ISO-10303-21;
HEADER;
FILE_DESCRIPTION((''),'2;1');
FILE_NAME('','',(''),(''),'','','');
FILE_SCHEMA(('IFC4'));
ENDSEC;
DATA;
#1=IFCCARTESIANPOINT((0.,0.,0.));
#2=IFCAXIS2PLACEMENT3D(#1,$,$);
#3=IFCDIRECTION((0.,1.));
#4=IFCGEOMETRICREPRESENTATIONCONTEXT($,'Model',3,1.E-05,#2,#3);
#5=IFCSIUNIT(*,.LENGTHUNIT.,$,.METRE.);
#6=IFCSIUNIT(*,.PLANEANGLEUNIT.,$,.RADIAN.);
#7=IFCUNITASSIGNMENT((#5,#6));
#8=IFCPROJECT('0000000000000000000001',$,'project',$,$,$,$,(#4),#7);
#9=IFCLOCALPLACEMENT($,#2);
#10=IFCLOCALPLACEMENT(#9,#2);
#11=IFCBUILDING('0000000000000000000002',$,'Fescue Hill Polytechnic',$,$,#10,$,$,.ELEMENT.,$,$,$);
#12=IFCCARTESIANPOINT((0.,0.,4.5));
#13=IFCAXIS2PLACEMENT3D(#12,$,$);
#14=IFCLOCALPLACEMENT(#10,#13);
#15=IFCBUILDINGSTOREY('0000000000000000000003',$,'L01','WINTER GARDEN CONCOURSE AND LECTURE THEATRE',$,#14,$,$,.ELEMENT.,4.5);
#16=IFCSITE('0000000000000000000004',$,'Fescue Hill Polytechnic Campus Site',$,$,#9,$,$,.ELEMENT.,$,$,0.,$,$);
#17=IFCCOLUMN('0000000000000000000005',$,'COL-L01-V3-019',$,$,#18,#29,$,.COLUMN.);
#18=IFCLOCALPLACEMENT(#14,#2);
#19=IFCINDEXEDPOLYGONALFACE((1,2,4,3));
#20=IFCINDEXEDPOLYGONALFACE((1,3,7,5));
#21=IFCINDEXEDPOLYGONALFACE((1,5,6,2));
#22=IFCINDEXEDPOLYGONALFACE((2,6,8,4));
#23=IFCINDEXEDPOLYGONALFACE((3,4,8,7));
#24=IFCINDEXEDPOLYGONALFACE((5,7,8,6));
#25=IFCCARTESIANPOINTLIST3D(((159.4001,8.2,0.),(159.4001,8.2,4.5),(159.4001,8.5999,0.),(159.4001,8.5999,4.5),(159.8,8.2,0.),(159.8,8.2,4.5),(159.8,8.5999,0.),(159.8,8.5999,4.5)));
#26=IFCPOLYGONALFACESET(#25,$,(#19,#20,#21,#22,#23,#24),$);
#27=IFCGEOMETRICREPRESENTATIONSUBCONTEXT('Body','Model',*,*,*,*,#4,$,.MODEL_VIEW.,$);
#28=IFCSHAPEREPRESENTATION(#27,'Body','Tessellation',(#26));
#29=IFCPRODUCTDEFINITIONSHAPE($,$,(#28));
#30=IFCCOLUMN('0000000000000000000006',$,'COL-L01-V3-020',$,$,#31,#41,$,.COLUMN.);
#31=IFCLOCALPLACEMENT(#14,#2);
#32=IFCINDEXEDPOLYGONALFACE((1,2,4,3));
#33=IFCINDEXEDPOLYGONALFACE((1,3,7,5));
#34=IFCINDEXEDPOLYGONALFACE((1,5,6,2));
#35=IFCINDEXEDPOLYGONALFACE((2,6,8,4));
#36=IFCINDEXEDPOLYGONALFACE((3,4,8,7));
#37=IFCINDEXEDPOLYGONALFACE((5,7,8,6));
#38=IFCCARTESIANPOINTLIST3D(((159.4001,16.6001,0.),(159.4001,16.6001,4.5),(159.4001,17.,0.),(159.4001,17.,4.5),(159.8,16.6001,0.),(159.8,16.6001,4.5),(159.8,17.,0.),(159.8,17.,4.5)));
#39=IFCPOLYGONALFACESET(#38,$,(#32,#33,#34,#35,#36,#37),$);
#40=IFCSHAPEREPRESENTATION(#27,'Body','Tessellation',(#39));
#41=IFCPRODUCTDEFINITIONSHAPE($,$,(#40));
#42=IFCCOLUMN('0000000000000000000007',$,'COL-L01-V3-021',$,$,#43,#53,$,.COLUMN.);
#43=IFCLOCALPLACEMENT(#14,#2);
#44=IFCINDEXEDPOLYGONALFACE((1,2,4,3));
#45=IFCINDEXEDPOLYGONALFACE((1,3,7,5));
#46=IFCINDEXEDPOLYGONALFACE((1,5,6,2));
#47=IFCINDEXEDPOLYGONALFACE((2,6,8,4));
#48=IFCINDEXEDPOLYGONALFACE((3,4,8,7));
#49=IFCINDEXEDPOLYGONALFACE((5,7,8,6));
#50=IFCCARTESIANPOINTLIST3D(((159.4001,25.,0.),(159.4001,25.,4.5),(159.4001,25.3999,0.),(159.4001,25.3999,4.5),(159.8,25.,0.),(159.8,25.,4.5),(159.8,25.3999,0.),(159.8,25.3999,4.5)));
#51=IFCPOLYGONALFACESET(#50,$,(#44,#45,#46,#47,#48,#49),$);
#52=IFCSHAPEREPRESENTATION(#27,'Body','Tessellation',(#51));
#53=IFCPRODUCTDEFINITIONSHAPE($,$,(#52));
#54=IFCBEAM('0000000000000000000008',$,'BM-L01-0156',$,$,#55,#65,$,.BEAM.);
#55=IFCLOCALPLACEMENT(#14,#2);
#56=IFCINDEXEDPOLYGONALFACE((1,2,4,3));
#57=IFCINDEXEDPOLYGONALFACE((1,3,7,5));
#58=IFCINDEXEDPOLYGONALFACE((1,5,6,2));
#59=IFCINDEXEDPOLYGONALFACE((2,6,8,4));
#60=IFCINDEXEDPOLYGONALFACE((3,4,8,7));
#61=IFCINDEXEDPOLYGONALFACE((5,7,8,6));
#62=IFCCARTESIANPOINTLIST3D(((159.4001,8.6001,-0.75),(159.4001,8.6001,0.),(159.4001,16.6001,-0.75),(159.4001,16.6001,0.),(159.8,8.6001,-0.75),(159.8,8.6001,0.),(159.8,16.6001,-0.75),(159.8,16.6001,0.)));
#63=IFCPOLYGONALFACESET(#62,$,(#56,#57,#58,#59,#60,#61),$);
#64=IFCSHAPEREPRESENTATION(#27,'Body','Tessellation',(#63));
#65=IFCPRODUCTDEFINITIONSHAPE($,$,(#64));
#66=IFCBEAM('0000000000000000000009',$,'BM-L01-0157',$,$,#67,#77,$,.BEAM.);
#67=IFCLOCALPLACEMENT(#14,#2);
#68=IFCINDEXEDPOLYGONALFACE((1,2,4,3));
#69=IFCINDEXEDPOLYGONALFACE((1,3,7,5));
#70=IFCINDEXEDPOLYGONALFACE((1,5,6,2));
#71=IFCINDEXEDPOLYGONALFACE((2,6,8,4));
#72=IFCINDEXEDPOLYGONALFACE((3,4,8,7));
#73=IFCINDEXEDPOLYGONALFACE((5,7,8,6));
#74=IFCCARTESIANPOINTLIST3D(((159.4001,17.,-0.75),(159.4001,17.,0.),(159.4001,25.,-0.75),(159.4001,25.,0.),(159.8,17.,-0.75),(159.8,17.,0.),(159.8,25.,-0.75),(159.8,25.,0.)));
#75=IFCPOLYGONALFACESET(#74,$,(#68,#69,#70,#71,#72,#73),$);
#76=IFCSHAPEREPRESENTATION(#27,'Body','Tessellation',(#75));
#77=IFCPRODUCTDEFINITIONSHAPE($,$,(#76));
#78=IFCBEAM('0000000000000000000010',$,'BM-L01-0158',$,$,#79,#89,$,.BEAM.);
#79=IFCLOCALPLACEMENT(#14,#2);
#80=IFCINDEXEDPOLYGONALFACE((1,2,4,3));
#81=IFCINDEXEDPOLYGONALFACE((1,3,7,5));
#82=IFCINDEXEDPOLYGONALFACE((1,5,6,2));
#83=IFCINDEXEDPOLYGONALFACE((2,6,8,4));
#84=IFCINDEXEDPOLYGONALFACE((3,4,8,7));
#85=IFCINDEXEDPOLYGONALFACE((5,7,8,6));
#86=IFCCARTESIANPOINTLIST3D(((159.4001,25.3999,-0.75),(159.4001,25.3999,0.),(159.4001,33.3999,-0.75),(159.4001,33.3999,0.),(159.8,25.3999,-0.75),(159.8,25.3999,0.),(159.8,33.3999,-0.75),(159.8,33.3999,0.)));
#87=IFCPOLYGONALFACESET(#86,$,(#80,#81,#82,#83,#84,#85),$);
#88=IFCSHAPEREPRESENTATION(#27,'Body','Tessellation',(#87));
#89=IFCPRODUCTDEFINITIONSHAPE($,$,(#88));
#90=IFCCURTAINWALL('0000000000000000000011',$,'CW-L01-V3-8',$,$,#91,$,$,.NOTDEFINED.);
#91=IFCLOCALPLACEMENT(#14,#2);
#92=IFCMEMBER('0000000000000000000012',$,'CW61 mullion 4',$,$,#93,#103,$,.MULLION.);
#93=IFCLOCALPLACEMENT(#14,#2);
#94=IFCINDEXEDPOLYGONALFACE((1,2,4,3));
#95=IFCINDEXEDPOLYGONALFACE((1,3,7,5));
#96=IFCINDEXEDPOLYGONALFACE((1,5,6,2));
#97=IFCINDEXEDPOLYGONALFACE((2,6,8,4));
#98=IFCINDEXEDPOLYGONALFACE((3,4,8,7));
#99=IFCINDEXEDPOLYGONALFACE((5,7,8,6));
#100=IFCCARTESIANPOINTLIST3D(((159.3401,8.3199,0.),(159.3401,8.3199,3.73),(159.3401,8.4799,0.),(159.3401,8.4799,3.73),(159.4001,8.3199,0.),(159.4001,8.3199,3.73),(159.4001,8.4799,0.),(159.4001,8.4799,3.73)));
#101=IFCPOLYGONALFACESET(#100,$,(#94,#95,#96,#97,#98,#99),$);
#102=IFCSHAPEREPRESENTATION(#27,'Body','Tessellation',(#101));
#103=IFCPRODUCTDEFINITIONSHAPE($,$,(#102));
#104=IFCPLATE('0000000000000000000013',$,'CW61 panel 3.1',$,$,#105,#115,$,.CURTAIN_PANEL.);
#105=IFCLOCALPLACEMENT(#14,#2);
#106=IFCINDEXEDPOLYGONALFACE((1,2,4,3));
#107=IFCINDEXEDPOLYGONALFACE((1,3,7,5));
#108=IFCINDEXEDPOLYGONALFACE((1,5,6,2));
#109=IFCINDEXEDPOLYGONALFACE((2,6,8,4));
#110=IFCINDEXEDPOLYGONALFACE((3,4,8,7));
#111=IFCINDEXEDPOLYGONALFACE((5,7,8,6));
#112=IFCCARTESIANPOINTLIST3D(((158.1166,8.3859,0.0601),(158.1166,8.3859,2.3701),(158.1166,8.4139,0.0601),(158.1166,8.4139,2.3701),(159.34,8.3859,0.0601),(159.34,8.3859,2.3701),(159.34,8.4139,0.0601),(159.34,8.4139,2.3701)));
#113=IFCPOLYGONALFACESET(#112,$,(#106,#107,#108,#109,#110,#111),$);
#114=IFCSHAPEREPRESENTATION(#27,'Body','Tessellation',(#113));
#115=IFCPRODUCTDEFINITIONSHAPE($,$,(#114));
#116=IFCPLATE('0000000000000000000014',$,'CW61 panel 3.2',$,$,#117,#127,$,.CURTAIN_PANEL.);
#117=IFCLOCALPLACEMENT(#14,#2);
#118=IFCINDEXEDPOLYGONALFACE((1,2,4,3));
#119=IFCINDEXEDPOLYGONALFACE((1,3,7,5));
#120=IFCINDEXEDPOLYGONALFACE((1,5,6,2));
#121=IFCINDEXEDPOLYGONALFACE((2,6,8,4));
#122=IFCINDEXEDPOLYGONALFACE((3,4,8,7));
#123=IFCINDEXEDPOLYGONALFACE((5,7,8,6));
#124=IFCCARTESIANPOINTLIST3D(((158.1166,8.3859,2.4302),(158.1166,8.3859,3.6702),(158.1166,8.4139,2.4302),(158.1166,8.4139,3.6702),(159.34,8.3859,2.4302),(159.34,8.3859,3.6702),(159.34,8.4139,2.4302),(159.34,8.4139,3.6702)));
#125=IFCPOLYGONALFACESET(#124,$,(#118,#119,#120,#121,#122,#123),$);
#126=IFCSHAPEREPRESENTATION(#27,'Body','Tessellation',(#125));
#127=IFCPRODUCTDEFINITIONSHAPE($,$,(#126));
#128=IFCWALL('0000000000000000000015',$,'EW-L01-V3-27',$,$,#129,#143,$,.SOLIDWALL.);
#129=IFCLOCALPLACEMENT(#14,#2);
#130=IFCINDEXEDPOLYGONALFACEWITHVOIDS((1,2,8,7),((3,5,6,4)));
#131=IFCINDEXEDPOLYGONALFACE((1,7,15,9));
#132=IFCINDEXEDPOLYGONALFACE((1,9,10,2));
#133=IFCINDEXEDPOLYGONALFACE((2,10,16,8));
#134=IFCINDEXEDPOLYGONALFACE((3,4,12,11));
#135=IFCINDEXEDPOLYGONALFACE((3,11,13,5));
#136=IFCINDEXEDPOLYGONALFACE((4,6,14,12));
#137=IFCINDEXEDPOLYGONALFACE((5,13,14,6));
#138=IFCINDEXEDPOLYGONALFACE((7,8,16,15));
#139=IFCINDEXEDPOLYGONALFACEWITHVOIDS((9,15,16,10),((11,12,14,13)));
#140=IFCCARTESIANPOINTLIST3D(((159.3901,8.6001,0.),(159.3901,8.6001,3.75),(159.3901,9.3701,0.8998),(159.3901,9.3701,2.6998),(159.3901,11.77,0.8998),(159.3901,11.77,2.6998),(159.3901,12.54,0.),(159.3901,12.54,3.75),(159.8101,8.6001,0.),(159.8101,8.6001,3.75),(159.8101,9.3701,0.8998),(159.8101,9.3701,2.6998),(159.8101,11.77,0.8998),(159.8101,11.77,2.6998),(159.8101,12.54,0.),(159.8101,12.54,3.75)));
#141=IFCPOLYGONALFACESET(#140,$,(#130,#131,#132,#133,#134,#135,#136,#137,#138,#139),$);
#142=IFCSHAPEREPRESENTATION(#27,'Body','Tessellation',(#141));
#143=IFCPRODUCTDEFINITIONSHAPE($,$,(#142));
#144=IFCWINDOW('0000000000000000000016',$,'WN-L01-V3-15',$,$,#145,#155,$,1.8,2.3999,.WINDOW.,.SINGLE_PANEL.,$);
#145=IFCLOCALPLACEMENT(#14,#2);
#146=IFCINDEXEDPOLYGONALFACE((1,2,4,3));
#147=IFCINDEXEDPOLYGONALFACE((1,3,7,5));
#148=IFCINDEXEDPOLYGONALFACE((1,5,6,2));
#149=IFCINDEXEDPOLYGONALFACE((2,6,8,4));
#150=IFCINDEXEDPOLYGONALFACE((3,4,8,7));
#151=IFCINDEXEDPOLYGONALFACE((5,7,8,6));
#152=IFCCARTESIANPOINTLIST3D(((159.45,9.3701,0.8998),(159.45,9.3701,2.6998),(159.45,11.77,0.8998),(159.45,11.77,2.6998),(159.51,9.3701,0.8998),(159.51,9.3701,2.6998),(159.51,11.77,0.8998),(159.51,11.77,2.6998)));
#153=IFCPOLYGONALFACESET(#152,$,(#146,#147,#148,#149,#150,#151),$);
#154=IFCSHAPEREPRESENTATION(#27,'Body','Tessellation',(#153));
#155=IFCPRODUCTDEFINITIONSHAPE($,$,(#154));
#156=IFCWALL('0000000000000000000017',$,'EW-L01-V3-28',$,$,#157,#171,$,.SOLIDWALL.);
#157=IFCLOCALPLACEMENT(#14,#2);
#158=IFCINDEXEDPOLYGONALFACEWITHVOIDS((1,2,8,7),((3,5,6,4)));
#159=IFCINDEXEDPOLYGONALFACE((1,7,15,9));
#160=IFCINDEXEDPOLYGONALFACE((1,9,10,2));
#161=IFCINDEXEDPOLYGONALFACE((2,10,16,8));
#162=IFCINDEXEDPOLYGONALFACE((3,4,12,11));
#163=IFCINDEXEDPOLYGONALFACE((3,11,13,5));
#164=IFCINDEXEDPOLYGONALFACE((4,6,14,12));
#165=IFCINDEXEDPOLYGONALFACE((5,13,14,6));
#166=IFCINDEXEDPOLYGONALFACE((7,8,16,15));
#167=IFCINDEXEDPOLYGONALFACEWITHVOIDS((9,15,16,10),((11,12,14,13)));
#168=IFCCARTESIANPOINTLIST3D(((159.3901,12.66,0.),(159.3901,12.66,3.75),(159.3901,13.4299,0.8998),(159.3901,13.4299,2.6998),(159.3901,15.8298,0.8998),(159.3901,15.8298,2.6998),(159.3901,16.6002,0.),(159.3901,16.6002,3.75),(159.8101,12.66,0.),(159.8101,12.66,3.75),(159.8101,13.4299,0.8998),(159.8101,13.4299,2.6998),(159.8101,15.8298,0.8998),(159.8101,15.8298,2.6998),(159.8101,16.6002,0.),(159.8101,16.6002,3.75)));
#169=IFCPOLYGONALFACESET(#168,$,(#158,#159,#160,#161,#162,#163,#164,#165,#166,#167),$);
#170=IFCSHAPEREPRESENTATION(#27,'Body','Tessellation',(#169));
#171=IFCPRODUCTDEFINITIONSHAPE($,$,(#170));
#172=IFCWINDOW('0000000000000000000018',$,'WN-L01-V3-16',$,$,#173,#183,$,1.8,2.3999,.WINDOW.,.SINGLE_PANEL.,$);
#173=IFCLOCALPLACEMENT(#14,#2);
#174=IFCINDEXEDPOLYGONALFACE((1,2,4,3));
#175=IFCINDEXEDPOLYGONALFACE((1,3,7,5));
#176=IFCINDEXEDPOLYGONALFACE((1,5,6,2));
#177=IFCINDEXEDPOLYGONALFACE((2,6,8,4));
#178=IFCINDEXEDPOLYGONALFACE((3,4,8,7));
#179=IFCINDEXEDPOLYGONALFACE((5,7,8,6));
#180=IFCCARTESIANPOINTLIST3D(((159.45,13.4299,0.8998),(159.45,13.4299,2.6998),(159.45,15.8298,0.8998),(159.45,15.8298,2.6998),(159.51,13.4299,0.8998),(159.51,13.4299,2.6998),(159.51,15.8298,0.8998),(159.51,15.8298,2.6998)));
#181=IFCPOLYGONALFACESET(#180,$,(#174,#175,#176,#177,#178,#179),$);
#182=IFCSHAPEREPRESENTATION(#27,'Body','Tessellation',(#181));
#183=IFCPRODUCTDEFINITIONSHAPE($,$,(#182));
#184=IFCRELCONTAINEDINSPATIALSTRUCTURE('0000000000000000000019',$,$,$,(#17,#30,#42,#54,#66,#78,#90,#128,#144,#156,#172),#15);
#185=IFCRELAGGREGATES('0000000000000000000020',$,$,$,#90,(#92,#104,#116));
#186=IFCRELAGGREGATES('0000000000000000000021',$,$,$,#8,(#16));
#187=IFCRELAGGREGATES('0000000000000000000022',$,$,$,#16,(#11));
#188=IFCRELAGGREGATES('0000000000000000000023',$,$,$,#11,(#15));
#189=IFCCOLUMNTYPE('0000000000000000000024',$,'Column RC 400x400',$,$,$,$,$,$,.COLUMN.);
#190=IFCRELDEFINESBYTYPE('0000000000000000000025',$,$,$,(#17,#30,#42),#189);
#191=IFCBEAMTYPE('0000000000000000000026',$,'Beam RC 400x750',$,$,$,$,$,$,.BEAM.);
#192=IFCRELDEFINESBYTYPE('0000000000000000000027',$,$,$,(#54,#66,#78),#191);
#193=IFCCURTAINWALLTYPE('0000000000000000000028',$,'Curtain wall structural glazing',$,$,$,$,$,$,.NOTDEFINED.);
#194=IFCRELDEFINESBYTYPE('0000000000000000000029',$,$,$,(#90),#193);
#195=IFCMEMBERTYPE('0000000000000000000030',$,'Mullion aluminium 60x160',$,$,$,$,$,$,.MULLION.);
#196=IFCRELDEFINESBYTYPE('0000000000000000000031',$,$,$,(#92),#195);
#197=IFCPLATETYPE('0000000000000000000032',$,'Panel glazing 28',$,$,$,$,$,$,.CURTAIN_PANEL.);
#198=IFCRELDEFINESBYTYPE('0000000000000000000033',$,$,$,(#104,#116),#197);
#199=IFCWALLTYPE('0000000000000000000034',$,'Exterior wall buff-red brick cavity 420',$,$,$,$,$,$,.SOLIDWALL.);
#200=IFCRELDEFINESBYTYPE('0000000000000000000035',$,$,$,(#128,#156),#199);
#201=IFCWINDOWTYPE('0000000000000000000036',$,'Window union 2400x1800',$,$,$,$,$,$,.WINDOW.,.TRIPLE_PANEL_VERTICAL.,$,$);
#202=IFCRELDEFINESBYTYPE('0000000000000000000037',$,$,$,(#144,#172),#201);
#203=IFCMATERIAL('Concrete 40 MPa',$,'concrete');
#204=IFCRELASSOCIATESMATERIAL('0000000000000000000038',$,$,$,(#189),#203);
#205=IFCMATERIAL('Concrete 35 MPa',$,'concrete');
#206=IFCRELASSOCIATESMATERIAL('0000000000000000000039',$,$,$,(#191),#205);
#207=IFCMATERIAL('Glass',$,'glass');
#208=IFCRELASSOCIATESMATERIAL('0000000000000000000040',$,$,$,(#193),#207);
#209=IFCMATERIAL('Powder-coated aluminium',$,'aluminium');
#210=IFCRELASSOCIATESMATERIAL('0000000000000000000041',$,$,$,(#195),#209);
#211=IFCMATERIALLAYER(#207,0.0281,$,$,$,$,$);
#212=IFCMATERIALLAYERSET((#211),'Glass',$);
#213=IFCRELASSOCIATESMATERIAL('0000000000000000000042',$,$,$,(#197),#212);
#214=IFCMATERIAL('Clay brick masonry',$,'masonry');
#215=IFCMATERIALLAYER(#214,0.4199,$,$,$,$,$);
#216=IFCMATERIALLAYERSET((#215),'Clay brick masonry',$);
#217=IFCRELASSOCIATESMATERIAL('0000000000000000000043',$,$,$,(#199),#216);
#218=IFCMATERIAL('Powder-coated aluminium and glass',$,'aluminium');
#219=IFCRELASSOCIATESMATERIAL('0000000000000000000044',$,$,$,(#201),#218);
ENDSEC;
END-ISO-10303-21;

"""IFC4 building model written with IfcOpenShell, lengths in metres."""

from ifc_helpers import new_model, si_unit, direction, frame, frame_2d, origin, origin_2d, place, context, subcontext, project, spatial, rectangle, extrude, material, layer, layer_set, material_profile, profile_set, type_object, element, fill, aggregate, save


model = new_model("IFC4")

# Units and contexts
model_context = context("Model", 3, precision=1e-05, world=origin(), true_north=direction((0.0, 1.0)))
body_context = subcontext(model_context, "Body", "Model", "MODEL_VIEW")
ifc_project = project(units=[si_unit("LENGTHUNIT", "METRE"), si_unit("PLANEANGLEUNIT", "RADIAN")], contexts=[model_context])

# Site, building, storey
site_placement = place(None, origin())
site = spatial("IfcSite", under=ifc_project, at=site_placement, Name="Fescue Hill Polytechnic Campus Site", CompositionType="ELEMENT", RefElevation=0.0)
building_placement = place(site_placement, origin())
building = spatial("IfcBuilding", under=site, at=building_placement, Name="Fescue Hill Polytechnic", CompositionType="ELEMENT")
storey_placement = place(building_placement, frame((0.0, 0.0, 4.5)))
storey = spatial("IfcBuildingStorey", under=building, at=storey_placement, Name="L01", Description="WINTER GARDEN CONCOURSE AND LECTURE THEATRE", CompositionType="ELEMENT", Elevation=4.5)

# Columns
ifc_material_1 = material(Name="Concrete 40 MPa", Category="concrete")
ifc_material_profile_1 = material_profile(ifc_material_1, rectangle(XDim=0.3999, YDim=0.3999, at=origin_2d()), Name="RC 400x400")
ifc_profile_set_1 = profile_set([ifc_material_profile_1], Name="Concrete 40 MPa")
column_type = type_object("IfcColumnType", Name="Column RC 400x400", PredefinedType="COLUMN", material=ifc_profile_set_1)
for number, where, z_axis, x_axis, name in (
    (1, (159.6001, 8.3999, 0.0), (0.0, 0.0, 1.0), (1.0, 0.0, 0.0), "COL-L01-V3-019"),
    (2, (159.6001, 16.8, 0.0), (0.0, 0.0, 1.0), (1.0, 0.0, 0.0), "COL-L01-V3-020"),
    (3, (159.6001, 25.2, 0.0), (0.0, 0.0, 1.0), (1.0, 0.0, 0.0), "COL-L01-V3-021"),
):
    element("IfcColumn", number, at=place(storey_placement, frame(where, z_axis=z_axis, x_axis=x_axis)), inside=storey, type_object=column_type, Name=name, PredefinedType="COLUMN", context=body_context, shape_type="SweptSolid", body=[
        extrude(rectangle(XDim=0.3999, YDim=0.3999, at=origin_2d()), origin(), (0.0, 0.0, 1.0), 4.5),
    ])

# Beams
ifc_material_2 = material(Name="Concrete 35 MPa", Category="concrete")
ifc_material_profile_2 = material_profile(ifc_material_2, rectangle(XDim=0.3999, YDim=0.75, at=origin_2d()), Name="RC 400x750")
ifc_profile_set_2 = profile_set([ifc_material_profile_2], Name="Concrete 35 MPa")
beam_type = type_object("IfcBeamType", Name="Beam RC 400x750", PredefinedType="BEAM", material=ifc_profile_set_2)
for number, where, z_axis, x_axis, name in (
    (4, (159.6001, 8.6001, -0.375), (0.0, 1.0, 0.0), (-1.0, 0.0, 0.0), "BM-L01-0156"),
    (5, (159.6001, 17.0, -0.375), (0.0, 1.0, 0.0), (-1.0, 0.0, 0.0), "BM-L01-0157"),
    (6, (159.6001, 25.3999, -0.375), (0.0, 1.0, 0.0), (-1.0, 0.0, 0.0), "BM-L01-0158"),
):
    element("IfcBeam", number, at=place(storey_placement, frame(where, z_axis=z_axis, x_axis=x_axis)), inside=storey, type_object=beam_type, Name=name, PredefinedType="BEAM", context=body_context, shape_type="SweptSolid", body=[
        extrude(rectangle(XDim=0.3999, YDim=0.75, at=origin_2d()), origin(), (0.0, 0.0, 1.0), 8.0),
    ])

# Curtain wall, member, plates
ifc_material_3 = material(Name="Glass", Category="glass")
curtain_wall_type = type_object("IfcCurtainWallType", Name="Curtain wall structural glazing", PredefinedType="NOTDEFINED", material=ifc_material_3)
curtain_wall_placement = place(storey_placement, origin())
curtain_wall = element("IfcCurtainWall", 7, at=curtain_wall_placement, inside=storey, type_object=curtain_wall_type, Name="CW-L01-V3-8", PredefinedType="NOTDEFINED")
ifc_material_4 = material(Name="Powder-coated aluminium", Category="aluminium")
ifc_material_profile_3 = material_profile(ifc_material_4, rectangle(XDim=0.1599, YDim=0.0601, at=origin_2d()), Name="Mullion aluminium 60x160")
ifc_profile_set_3 = profile_set([ifc_material_profile_3], Name="Powder-coated aluminium")
member_type = type_object("IfcMemberType", Name="Mullion aluminium 60x160", PredefinedType="MULLION", material=ifc_profile_set_3)
member_placement = place(storey_placement, frame((159.3701, 8.3999, 0.0), z_axis=(0.0, 0.0, 1.0), x_axis=(0.0, 1.0, 0.0)))
member = element("IfcMember", 8, at=member_placement, type_object=member_type, Name="CW61 mullion 4", PredefinedType="MULLION", context=body_context, shape_type="SweptSolid", body=[
    extrude(rectangle(XDim=0.1599, YDim=0.0601, at=origin_2d()), origin(), (0.0, 0.0, 1.0), 3.73),
])
ifc_layer_1 = layer(ifc_material_3, 0.0281)
ifc_layer_set_1 = layer_set([ifc_layer_1], Name="Glass")
plate_type = type_object("IfcPlateType", Name="Panel glazing 28", PredefinedType="CURTAIN_PANEL", material=ifc_layer_set_1)
plate_1_placement = place(storey_placement, frame((158.7283, 8.3999, 0.0601), z_axis=(0.0, 0.0, 1.0), x_axis=(1.0, 0.0, 0.0)))
plate_1 = element("IfcPlate", 9, at=plate_1_placement, type_object=plate_type, Name="CW61 panel 3.1", PredefinedType="CURTAIN_PANEL", context=body_context, shape_type="SweptSolid", body=[
    extrude(rectangle(XDim=1.2234, YDim=0.0281, at=origin_2d()), origin(), (0.0, 0.0, 1.0), 2.3101),
])
plate_2_placement = place(storey_placement, frame((158.7283, 8.3999, 2.4302), z_axis=(0.0, 0.0, 1.0), x_axis=(1.0, 0.0, 0.0)))
plate_2 = element("IfcPlate", 10, at=plate_2_placement, type_object=plate_type, Name="CW61 panel 3.2", PredefinedType="CURTAIN_PANEL", context=body_context, shape_type="SweptSolid", body=[
    extrude(rectangle(XDim=1.2234, YDim=0.0281, at=origin_2d()), origin(), (0.0, 0.0, 1.0), 1.24),
])
aggregate(curtain_wall, [member, plate_1, plate_2])

# Walls, openings, windows
ifc_material_5 = material(Name="Clay brick masonry", Category="masonry")
ifc_layer_2 = layer(ifc_material_5, 0.4199)
ifc_layer_set_2 = layer_set([ifc_layer_2], Name="Clay brick masonry")
wall_type_1 = type_object("IfcWallType", Name="Exterior wall buff-red brick cavity 420", PredefinedType="SOLIDWALL", material=ifc_layer_set_2)
wall_1_placement = place(storey_placement, frame((159.6001, 8.6001, 0.0), z_axis=(0.0, 0.0, 1.0), x_axis=(0.0, 1.0, 0.0)))
wall_1 = element("IfcWall", 11, at=wall_1_placement, inside=storey, type_object=wall_type_1, Name="EW-L01-V3-27", PredefinedType="SOLIDWALL", context=body_context, shape_type="SweptSolid", body=[
    extrude(rectangle(XDim=3.9399, YDim=0.4199, at=frame_2d((1.97, 0.0))), origin(), (0.0, 0.0, 1.0), 3.75),
])
opening_1_placement = place(wall_1_placement, frame((0.77, 0.0, 0.8999)))
opening_1 = element("IfcOpeningElement", 12, at=opening_1_placement, cuts=wall_1, PredefinedType="OPENING", context=body_context, shape_type="SweptSolid", body=[
    extrude(rectangle(XDim=2.3999, YDim=1.8, at=frame_2d((1.2, 0.8999))), frame((0.0, 0.22, 0.0), z_axis=(0.0, -1.0, 0.0), x_axis=(1.0, 0.0, 0.0)), (0.0, 0.0, 1.0), 0.4399),
])
ifc_material_6 = material(Name="Powder-coated aluminium and glass", Category="aluminium")
window_type = type_object("IfcWindowType", Name="Window union 2400x1800", PartitioningType="TRIPLE_PANEL_VERTICAL", PredefinedType="WINDOW", material=ifc_material_6)
window_1_placement = place(opening_1_placement, origin())
window_1 = element("IfcWindow", 13, at=window_1_placement, inside=storey, type_object=window_type, Name="WN-L01-V3-15", OverallHeight=1.8, OverallWidth=2.3999, PartitioningType="SINGLE_PANEL", PredefinedType="WINDOW", context=body_context, shape_type="SweptSolid", body=[
    extrude(rectangle(XDim=2.3999, YDim=1.8, at=frame_2d((1.2, 0.8999))), frame((0.0, 0.1501, 0.0), z_axis=(0.0, -1.0, 0.0), x_axis=(1.0, 0.0, 0.0)), (0.0, 0.0, 1.0), 0.0601),
])
fill(opening_1, window_1)
wall_2_placement = place(storey_placement, frame((159.6001, 12.6599, 0.0), z_axis=(0.0, 0.0, 1.0), x_axis=(0.0, 1.0, 0.0)))
wall_2 = element("IfcWall", 14, at=wall_2_placement, inside=storey, type_object=wall_type_1, Name="EW-L01-V3-28", PredefinedType="SOLIDWALL", context=body_context, shape_type="SweptSolid", body=[
    extrude(rectangle(XDim=3.9402, YDim=0.4199, at=frame_2d((1.9702, 0.0))), origin(), (0.0, 0.0, 1.0), 3.75),
])
opening_2_placement = place(wall_2_placement, frame((0.77, 0.0, 0.8999)))
opening_2 = element("IfcOpeningElement", 15, at=opening_2_placement, cuts=wall_2, PredefinedType="OPENING", context=body_context, shape_type="SweptSolid", body=[
    extrude(rectangle(XDim=2.3999, YDim=1.8, at=frame_2d((1.2, 0.8999))), frame((0.0, 0.22, 0.0), z_axis=(0.0, -1.0, 0.0), x_axis=(1.0, 0.0, 0.0)), (0.0, 0.0, 1.0), 0.4399),
])
window_2_placement = place(opening_2_placement, origin())
window_2 = element("IfcWindow", 16, at=window_2_placement, inside=storey, type_object=window_type, Name="WN-L01-V3-16", OverallHeight=1.8, OverallWidth=2.3999, PartitioningType="SINGLE_PANEL", PredefinedType="WINDOW", context=body_context, shape_type="SweptSolid", body=[
    extrude(rectangle(XDim=2.3999, YDim=1.8, at=frame_2d((1.2, 0.8999))), frame((0.0, 0.1501, 0.0), z_axis=(0.0, -1.0, 0.0), x_axis=(1.0, 0.0, 0.0)), (0.0, 0.0, 1.0), 0.0601),
])
fill(opening_2, window_2)

save(model, "model.ifc")
